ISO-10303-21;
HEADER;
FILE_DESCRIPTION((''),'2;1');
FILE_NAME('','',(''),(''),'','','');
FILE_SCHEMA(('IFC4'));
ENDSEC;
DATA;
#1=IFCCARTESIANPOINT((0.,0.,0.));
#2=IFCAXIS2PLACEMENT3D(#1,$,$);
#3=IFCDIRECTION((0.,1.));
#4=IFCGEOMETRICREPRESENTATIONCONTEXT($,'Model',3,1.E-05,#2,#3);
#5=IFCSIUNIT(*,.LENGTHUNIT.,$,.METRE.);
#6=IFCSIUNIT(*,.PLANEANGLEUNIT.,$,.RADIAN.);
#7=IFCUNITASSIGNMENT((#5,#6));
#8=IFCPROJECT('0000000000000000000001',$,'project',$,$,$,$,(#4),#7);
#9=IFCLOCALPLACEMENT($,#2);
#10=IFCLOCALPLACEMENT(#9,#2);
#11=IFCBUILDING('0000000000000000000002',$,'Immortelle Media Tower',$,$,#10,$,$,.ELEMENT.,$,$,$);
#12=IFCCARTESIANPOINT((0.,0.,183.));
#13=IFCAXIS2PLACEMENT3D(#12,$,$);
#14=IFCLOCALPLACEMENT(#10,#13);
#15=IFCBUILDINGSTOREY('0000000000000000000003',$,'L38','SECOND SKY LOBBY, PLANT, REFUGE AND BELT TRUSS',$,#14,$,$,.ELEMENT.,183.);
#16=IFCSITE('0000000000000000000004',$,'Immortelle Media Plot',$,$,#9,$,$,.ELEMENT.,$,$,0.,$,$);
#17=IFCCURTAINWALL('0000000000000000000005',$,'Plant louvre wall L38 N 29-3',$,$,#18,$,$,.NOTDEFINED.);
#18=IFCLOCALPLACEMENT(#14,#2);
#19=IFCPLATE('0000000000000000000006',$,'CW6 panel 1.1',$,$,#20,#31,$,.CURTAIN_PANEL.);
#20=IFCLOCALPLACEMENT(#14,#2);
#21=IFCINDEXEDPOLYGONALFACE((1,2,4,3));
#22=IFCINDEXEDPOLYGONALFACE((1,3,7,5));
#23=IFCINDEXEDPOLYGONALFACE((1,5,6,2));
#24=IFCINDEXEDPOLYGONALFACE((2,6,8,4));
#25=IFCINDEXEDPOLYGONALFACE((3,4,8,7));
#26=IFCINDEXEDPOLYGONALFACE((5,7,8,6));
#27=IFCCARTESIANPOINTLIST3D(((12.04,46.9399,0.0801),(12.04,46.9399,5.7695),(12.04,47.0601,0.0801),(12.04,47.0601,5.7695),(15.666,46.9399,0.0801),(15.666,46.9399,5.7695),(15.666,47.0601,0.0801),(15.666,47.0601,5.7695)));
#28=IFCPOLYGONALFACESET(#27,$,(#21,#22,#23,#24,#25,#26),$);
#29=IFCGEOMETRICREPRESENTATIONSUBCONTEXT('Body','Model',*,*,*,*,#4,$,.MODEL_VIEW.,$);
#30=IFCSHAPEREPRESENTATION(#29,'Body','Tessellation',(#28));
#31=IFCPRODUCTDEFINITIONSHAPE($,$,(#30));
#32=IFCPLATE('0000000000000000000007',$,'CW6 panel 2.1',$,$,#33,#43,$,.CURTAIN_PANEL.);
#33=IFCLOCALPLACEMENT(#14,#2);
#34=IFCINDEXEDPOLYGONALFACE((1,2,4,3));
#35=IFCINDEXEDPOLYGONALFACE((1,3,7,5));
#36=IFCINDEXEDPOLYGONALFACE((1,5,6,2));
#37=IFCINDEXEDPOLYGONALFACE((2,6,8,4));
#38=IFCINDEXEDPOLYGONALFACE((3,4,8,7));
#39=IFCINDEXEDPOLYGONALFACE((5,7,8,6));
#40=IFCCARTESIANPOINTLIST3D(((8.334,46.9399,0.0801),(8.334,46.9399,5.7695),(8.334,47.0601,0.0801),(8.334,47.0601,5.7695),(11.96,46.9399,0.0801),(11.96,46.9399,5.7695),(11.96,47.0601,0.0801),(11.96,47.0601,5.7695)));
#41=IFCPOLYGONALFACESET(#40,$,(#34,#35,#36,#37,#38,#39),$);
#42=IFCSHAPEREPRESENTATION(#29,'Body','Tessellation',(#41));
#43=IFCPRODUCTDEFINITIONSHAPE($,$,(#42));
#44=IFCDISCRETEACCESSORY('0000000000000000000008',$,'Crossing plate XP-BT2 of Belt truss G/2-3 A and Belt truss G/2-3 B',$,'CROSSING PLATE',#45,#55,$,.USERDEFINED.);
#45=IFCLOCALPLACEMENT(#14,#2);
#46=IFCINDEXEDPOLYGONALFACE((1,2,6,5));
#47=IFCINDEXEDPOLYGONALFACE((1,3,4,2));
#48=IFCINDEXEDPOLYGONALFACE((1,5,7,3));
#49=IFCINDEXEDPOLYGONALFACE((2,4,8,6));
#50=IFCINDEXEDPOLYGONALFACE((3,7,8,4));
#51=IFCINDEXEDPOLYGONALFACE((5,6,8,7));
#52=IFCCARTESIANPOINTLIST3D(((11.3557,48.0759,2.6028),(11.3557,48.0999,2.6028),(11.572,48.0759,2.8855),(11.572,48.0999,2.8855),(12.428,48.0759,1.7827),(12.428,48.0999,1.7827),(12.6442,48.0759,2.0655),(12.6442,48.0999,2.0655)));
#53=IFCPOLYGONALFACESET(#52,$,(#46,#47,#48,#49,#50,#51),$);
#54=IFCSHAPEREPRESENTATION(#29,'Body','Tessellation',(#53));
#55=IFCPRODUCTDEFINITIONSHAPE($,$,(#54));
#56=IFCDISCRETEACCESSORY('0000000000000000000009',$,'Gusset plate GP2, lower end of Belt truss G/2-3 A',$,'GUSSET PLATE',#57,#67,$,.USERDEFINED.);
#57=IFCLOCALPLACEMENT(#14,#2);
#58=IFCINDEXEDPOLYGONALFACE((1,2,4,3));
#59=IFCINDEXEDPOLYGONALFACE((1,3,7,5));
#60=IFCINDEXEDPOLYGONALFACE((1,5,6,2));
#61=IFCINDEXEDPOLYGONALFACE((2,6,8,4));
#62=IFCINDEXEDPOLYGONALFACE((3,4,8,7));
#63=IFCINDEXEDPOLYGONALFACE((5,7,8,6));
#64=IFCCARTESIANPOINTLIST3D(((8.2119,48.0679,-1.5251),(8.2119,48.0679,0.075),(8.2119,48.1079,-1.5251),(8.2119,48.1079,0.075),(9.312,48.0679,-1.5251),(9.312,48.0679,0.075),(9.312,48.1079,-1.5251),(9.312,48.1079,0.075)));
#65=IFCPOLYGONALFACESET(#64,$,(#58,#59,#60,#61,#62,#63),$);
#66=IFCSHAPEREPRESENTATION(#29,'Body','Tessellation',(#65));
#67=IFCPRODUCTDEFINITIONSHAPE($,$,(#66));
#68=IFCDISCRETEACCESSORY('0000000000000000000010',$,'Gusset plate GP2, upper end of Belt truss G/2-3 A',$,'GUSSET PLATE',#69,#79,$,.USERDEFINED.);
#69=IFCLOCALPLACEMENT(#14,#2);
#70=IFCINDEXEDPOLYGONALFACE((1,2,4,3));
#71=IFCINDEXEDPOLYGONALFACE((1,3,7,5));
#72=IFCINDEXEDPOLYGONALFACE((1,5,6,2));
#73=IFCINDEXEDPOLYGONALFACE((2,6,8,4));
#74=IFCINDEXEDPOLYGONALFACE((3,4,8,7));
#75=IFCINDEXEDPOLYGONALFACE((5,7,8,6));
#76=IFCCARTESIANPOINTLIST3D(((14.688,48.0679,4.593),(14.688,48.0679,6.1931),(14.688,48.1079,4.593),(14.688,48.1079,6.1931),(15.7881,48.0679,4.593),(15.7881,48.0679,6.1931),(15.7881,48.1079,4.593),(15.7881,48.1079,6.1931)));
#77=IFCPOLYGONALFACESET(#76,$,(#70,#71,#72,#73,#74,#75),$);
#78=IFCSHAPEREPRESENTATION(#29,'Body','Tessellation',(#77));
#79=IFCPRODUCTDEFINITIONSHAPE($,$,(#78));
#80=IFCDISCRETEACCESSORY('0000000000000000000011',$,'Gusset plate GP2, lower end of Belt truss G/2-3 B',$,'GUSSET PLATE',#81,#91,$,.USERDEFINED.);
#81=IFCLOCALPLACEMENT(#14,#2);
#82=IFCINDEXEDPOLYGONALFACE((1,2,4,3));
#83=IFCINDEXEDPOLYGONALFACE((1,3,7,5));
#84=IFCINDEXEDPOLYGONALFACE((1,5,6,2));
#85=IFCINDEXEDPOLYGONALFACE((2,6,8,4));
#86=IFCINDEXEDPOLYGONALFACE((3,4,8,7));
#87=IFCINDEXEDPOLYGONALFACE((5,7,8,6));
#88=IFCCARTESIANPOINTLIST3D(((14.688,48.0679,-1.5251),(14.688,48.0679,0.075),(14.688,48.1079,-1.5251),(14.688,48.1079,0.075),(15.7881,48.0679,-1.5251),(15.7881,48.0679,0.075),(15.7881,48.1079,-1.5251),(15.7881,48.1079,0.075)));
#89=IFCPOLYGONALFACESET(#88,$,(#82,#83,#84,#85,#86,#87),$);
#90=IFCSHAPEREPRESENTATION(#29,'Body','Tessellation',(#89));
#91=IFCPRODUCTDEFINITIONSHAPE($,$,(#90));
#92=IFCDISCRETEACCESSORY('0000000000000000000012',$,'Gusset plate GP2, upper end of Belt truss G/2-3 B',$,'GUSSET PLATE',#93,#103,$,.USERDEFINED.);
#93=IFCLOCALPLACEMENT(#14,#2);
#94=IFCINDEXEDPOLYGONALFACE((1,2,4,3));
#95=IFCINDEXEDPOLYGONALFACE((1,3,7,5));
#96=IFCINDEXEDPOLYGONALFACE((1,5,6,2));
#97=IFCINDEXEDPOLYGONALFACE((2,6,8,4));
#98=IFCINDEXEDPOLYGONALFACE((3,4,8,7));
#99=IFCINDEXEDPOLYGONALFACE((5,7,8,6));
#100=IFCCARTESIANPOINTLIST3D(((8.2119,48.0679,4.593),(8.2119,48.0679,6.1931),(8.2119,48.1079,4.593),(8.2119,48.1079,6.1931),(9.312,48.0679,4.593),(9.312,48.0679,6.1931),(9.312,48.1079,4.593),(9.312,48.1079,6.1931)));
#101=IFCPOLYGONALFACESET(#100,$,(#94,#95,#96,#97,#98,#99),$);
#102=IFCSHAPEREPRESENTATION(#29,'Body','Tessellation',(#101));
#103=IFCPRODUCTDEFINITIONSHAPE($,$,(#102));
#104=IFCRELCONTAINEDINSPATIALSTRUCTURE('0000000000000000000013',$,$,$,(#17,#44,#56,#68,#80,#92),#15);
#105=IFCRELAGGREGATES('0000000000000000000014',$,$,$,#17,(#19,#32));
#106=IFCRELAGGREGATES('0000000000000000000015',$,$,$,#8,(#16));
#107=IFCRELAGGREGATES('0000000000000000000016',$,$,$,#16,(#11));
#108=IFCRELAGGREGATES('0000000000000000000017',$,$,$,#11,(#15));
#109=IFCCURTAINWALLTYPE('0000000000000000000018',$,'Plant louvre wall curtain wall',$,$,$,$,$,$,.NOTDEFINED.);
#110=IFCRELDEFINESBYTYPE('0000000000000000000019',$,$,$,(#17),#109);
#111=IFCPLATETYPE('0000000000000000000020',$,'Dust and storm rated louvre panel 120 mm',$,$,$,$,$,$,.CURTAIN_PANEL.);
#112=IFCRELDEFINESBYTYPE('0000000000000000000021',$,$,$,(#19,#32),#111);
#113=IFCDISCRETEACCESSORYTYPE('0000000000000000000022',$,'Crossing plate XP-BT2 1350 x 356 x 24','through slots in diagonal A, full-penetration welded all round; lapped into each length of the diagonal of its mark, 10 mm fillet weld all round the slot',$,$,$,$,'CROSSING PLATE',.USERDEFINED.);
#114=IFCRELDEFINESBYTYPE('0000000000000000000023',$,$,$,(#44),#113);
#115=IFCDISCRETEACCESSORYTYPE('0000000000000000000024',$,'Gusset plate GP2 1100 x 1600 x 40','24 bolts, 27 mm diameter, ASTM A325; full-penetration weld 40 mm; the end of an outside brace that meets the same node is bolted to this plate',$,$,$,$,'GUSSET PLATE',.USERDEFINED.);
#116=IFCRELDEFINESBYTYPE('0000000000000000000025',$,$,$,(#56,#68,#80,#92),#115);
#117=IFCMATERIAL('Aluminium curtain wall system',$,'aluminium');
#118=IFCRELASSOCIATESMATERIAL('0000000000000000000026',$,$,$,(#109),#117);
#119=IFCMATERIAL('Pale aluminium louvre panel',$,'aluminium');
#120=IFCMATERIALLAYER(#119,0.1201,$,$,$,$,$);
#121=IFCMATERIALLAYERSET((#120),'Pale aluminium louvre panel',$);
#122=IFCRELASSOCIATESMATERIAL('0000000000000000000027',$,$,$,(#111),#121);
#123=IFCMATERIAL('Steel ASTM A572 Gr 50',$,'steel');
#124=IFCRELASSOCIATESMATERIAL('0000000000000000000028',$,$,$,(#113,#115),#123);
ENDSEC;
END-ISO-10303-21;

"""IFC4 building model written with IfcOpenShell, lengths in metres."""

from ifc_helpers import new_model, si_unit, direction, frame, origin, origin_2d, place, context, subcontext, project, spatial, rectangle, extrude, material, layer, layer_set, material_profile, profile_set, type_object, element, aggregate, save


model = new_model("IFC4")

# Units and contexts
model_context = context("Model", 3, precision=1e-05, world=origin(), true_north=direction((0.0, 1.0)))
body_context = subcontext(model_context, "Body", "Model", "MODEL_VIEW")
ifc_project = project(units=[si_unit("LENGTHUNIT", "METRE"), si_unit("PLANEANGLEUNIT", "RADIAN")], contexts=[model_context])

# Site, building, storey
site_placement = place(None, origin())
site = spatial("IfcSite", under=ifc_project, at=site_placement, Name="Immortelle Media Plot", CompositionType="ELEMENT", RefElevation=0.0)
building_placement = place(site_placement, origin())
building = spatial("IfcBuilding", under=site, at=building_placement, Name="Immortelle Media Tower", CompositionType="ELEMENT")
storey_placement = place(building_placement, frame((0.0, 0.0, 183.0)))
storey = spatial("IfcBuildingStorey", under=building, at=storey_placement, Name="L38", Description="SECOND SKY LOBBY, PLANT, REFUGE AND BELT TRUSS", CompositionType="ELEMENT", Elevation=183.0)

# Curtain wall
ifc_material_1 = material(Name="Aluminium curtain wall system", Category="aluminium")
curtain_wall_type = type_object("IfcCurtainWallType", Name="Plant louvre wall curtain wall", PredefinedType="NOTDEFINED", material=ifc_material_1)
curtain_wall_1_placement = place(storey_placement, origin())
curtain_wall_1 = element("IfcCurtainWall", 1, at=curtain_wall_1_placement, inside=storey, type_object=curtain_wall_type, Name="Plant louvre wall L38 N 29-3", PredefinedType="NOTDEFINED")

# Plates
ifc_material_2 = material(Name="Pale aluminium louvre panel", Category="aluminium")
ifc_layer = layer(ifc_material_2, 0.1201)
ifc_layer_set = layer_set([ifc_layer], Name="Pale aluminium louvre panel")
plate_type = type_object("IfcPlateType", Name="Dust and storm rated louvre panel 120 mm", PredefinedType="CURTAIN_PANEL", material=ifc_layer_set)
plate_1_placement = place(storey_placement, frame((13.853, 47.0, 0.0801), z_axis=(0.0, 0.0, 1.0), x_axis=(-1.0, 0.0, 0.0)))
plate_1 = element("IfcPlate", 2, at=plate_1_placement, type_object=plate_type, Name="CW6 panel 1.1", PredefinedType="CURTAIN_PANEL", context=body_context, shape_type="SweptSolid", body=[
    extrude(rectangle(XDim=3.626, YDim=0.1201, at=origin_2d()), origin(), (0.0, 0.0, 1.0), 5.6895),
])
plate_2_placement = place(storey_placement, frame((10.147, 47.0, 0.0801), z_axis=(0.0, 0.0, 1.0), x_axis=(-1.0, 0.0, 0.0)))
plate_2 = element("IfcPlate", 3, at=plate_2_placement, type_object=plate_type, Name="CW6 panel 2.1", PredefinedType="CURTAIN_PANEL", context=body_context, shape_type="SweptSolid", body=[
    extrude(rectangle(XDim=3.626, YDim=0.1201, at=origin_2d()), origin(), (0.0, 0.0, 1.0), 5.6895),
])
aggregate(curtain_wall_1, [plate_1, plate_2])

# Discrete accessories
ifc_material_3 = material(Name="Steel ASTM A572 Gr 50", Category="steel")
ifc_material_profile_1 = material_profile(ifc_material_3, rectangle(XDim=0.0239, YDim=0.356, at=origin_2d()), Name="PL 24 x 356")
ifc_profile_set_1 = profile_set([ifc_material_profile_1], Name="Steel ASTM A572 Gr 50")
discrete_accessory_type_1 = type_object("IfcDiscreteAccessoryType", Name="Crossing plate XP-BT2 1350 x 356 x 24", Description="through slots in diagonal A, full-penetration welded all round; lapped into each length of the diagonal of its mark, 10 mm fillet weld all round the slot", ElementType="CROSSING PLATE", PredefinedType="USERDEFINED", material=ifc_profile_set_1)
discrete_accessory_placement = place(storey_placement, frame((11.4639, 48.0879, 2.7441), z_axis=(0.794322, 0.0, -0.607497), x_axis=(0.0, 1.0, 0.0)))
element("IfcDiscreteAccessory", 4, at=discrete_accessory_placement, inside=storey, type_object=discrete_accessory_type_1, Name="Crossing plate XP-BT2 of Belt truss G/2-3 A and Belt truss G/2-3 B", ObjectType="CROSSING PLATE", PredefinedType="USERDEFINED", context=body_context, shape_type="SweptSolid", body=[
    extrude(rectangle(XDim=0.0239, YDim=0.356, at=origin_2d()), origin(), (0.0, 0.0, 1.0), 1.3499),
])
ifc_material_profile_2 = material_profile(ifc_material_3, rectangle(XDim=0.04, YDim=1.6001, at=origin_2d()), Name="PL 40 x 1600")
ifc_profile_set_2 = profile_set([ifc_material_profile_2], Name="Steel ASTM A572 Gr 50")
discrete_accessory_type_2 = type_object("IfcDiscreteAccessoryType", Name="Gusset plate GP2 1100 x 1600 x 40", Description="24 bolts, 27 mm diameter, ASTM A325; full-penetration weld 40 mm; the end of an outside brace that meets the same node is bolted to this plate", ElementType="GUSSET PLATE", PredefinedType="USERDEFINED", material=ifc_profile_set_2)
for number, where, z_axis, x_axis, name in (
    (5, (8.2119, 48.0879, -0.7251), (1.0, 0.0, 0.0), (0.0, 1.0, 0.0), "Gusset plate GP2, lower end of Belt truss G/2-3 A"),
    (6, (15.7881, 48.0879, 5.3931), (-1.0, 0.0, 0.0), (0.0, -1.0, 0.0), "Gusset plate GP2, upper end of Belt truss G/2-3 A"),
    (7, (15.7881, 48.0879, -0.7251), (-1.0, 0.0, 0.0), (0.0, -1.0, 0.0), "Gusset plate GP2, lower end of Belt truss G/2-3 B"),
    (8, (8.2119, 48.0879, 5.3931), (1.0, 0.0, 0.0), (0.0, 1.0, 0.0), "Gusset plate GP2, upper end of Belt truss G/2-3 B"),
):
    element("IfcDiscreteAccessory", number, at=place(storey_placement, frame(where, z_axis=z_axis, x_axis=x_axis)), inside=storey, type_object=discrete_accessory_type_2, Name=name, ObjectType="GUSSET PLATE", PredefinedType="USERDEFINED", context=body_context, shape_type="SweptSolid", body=[
        extrude(rectangle(XDim=0.04, YDim=1.6001, at=origin_2d()), origin(), (0.0, 0.0, 1.0), 1.1001),
    ])

save(model, "model.ifc")
